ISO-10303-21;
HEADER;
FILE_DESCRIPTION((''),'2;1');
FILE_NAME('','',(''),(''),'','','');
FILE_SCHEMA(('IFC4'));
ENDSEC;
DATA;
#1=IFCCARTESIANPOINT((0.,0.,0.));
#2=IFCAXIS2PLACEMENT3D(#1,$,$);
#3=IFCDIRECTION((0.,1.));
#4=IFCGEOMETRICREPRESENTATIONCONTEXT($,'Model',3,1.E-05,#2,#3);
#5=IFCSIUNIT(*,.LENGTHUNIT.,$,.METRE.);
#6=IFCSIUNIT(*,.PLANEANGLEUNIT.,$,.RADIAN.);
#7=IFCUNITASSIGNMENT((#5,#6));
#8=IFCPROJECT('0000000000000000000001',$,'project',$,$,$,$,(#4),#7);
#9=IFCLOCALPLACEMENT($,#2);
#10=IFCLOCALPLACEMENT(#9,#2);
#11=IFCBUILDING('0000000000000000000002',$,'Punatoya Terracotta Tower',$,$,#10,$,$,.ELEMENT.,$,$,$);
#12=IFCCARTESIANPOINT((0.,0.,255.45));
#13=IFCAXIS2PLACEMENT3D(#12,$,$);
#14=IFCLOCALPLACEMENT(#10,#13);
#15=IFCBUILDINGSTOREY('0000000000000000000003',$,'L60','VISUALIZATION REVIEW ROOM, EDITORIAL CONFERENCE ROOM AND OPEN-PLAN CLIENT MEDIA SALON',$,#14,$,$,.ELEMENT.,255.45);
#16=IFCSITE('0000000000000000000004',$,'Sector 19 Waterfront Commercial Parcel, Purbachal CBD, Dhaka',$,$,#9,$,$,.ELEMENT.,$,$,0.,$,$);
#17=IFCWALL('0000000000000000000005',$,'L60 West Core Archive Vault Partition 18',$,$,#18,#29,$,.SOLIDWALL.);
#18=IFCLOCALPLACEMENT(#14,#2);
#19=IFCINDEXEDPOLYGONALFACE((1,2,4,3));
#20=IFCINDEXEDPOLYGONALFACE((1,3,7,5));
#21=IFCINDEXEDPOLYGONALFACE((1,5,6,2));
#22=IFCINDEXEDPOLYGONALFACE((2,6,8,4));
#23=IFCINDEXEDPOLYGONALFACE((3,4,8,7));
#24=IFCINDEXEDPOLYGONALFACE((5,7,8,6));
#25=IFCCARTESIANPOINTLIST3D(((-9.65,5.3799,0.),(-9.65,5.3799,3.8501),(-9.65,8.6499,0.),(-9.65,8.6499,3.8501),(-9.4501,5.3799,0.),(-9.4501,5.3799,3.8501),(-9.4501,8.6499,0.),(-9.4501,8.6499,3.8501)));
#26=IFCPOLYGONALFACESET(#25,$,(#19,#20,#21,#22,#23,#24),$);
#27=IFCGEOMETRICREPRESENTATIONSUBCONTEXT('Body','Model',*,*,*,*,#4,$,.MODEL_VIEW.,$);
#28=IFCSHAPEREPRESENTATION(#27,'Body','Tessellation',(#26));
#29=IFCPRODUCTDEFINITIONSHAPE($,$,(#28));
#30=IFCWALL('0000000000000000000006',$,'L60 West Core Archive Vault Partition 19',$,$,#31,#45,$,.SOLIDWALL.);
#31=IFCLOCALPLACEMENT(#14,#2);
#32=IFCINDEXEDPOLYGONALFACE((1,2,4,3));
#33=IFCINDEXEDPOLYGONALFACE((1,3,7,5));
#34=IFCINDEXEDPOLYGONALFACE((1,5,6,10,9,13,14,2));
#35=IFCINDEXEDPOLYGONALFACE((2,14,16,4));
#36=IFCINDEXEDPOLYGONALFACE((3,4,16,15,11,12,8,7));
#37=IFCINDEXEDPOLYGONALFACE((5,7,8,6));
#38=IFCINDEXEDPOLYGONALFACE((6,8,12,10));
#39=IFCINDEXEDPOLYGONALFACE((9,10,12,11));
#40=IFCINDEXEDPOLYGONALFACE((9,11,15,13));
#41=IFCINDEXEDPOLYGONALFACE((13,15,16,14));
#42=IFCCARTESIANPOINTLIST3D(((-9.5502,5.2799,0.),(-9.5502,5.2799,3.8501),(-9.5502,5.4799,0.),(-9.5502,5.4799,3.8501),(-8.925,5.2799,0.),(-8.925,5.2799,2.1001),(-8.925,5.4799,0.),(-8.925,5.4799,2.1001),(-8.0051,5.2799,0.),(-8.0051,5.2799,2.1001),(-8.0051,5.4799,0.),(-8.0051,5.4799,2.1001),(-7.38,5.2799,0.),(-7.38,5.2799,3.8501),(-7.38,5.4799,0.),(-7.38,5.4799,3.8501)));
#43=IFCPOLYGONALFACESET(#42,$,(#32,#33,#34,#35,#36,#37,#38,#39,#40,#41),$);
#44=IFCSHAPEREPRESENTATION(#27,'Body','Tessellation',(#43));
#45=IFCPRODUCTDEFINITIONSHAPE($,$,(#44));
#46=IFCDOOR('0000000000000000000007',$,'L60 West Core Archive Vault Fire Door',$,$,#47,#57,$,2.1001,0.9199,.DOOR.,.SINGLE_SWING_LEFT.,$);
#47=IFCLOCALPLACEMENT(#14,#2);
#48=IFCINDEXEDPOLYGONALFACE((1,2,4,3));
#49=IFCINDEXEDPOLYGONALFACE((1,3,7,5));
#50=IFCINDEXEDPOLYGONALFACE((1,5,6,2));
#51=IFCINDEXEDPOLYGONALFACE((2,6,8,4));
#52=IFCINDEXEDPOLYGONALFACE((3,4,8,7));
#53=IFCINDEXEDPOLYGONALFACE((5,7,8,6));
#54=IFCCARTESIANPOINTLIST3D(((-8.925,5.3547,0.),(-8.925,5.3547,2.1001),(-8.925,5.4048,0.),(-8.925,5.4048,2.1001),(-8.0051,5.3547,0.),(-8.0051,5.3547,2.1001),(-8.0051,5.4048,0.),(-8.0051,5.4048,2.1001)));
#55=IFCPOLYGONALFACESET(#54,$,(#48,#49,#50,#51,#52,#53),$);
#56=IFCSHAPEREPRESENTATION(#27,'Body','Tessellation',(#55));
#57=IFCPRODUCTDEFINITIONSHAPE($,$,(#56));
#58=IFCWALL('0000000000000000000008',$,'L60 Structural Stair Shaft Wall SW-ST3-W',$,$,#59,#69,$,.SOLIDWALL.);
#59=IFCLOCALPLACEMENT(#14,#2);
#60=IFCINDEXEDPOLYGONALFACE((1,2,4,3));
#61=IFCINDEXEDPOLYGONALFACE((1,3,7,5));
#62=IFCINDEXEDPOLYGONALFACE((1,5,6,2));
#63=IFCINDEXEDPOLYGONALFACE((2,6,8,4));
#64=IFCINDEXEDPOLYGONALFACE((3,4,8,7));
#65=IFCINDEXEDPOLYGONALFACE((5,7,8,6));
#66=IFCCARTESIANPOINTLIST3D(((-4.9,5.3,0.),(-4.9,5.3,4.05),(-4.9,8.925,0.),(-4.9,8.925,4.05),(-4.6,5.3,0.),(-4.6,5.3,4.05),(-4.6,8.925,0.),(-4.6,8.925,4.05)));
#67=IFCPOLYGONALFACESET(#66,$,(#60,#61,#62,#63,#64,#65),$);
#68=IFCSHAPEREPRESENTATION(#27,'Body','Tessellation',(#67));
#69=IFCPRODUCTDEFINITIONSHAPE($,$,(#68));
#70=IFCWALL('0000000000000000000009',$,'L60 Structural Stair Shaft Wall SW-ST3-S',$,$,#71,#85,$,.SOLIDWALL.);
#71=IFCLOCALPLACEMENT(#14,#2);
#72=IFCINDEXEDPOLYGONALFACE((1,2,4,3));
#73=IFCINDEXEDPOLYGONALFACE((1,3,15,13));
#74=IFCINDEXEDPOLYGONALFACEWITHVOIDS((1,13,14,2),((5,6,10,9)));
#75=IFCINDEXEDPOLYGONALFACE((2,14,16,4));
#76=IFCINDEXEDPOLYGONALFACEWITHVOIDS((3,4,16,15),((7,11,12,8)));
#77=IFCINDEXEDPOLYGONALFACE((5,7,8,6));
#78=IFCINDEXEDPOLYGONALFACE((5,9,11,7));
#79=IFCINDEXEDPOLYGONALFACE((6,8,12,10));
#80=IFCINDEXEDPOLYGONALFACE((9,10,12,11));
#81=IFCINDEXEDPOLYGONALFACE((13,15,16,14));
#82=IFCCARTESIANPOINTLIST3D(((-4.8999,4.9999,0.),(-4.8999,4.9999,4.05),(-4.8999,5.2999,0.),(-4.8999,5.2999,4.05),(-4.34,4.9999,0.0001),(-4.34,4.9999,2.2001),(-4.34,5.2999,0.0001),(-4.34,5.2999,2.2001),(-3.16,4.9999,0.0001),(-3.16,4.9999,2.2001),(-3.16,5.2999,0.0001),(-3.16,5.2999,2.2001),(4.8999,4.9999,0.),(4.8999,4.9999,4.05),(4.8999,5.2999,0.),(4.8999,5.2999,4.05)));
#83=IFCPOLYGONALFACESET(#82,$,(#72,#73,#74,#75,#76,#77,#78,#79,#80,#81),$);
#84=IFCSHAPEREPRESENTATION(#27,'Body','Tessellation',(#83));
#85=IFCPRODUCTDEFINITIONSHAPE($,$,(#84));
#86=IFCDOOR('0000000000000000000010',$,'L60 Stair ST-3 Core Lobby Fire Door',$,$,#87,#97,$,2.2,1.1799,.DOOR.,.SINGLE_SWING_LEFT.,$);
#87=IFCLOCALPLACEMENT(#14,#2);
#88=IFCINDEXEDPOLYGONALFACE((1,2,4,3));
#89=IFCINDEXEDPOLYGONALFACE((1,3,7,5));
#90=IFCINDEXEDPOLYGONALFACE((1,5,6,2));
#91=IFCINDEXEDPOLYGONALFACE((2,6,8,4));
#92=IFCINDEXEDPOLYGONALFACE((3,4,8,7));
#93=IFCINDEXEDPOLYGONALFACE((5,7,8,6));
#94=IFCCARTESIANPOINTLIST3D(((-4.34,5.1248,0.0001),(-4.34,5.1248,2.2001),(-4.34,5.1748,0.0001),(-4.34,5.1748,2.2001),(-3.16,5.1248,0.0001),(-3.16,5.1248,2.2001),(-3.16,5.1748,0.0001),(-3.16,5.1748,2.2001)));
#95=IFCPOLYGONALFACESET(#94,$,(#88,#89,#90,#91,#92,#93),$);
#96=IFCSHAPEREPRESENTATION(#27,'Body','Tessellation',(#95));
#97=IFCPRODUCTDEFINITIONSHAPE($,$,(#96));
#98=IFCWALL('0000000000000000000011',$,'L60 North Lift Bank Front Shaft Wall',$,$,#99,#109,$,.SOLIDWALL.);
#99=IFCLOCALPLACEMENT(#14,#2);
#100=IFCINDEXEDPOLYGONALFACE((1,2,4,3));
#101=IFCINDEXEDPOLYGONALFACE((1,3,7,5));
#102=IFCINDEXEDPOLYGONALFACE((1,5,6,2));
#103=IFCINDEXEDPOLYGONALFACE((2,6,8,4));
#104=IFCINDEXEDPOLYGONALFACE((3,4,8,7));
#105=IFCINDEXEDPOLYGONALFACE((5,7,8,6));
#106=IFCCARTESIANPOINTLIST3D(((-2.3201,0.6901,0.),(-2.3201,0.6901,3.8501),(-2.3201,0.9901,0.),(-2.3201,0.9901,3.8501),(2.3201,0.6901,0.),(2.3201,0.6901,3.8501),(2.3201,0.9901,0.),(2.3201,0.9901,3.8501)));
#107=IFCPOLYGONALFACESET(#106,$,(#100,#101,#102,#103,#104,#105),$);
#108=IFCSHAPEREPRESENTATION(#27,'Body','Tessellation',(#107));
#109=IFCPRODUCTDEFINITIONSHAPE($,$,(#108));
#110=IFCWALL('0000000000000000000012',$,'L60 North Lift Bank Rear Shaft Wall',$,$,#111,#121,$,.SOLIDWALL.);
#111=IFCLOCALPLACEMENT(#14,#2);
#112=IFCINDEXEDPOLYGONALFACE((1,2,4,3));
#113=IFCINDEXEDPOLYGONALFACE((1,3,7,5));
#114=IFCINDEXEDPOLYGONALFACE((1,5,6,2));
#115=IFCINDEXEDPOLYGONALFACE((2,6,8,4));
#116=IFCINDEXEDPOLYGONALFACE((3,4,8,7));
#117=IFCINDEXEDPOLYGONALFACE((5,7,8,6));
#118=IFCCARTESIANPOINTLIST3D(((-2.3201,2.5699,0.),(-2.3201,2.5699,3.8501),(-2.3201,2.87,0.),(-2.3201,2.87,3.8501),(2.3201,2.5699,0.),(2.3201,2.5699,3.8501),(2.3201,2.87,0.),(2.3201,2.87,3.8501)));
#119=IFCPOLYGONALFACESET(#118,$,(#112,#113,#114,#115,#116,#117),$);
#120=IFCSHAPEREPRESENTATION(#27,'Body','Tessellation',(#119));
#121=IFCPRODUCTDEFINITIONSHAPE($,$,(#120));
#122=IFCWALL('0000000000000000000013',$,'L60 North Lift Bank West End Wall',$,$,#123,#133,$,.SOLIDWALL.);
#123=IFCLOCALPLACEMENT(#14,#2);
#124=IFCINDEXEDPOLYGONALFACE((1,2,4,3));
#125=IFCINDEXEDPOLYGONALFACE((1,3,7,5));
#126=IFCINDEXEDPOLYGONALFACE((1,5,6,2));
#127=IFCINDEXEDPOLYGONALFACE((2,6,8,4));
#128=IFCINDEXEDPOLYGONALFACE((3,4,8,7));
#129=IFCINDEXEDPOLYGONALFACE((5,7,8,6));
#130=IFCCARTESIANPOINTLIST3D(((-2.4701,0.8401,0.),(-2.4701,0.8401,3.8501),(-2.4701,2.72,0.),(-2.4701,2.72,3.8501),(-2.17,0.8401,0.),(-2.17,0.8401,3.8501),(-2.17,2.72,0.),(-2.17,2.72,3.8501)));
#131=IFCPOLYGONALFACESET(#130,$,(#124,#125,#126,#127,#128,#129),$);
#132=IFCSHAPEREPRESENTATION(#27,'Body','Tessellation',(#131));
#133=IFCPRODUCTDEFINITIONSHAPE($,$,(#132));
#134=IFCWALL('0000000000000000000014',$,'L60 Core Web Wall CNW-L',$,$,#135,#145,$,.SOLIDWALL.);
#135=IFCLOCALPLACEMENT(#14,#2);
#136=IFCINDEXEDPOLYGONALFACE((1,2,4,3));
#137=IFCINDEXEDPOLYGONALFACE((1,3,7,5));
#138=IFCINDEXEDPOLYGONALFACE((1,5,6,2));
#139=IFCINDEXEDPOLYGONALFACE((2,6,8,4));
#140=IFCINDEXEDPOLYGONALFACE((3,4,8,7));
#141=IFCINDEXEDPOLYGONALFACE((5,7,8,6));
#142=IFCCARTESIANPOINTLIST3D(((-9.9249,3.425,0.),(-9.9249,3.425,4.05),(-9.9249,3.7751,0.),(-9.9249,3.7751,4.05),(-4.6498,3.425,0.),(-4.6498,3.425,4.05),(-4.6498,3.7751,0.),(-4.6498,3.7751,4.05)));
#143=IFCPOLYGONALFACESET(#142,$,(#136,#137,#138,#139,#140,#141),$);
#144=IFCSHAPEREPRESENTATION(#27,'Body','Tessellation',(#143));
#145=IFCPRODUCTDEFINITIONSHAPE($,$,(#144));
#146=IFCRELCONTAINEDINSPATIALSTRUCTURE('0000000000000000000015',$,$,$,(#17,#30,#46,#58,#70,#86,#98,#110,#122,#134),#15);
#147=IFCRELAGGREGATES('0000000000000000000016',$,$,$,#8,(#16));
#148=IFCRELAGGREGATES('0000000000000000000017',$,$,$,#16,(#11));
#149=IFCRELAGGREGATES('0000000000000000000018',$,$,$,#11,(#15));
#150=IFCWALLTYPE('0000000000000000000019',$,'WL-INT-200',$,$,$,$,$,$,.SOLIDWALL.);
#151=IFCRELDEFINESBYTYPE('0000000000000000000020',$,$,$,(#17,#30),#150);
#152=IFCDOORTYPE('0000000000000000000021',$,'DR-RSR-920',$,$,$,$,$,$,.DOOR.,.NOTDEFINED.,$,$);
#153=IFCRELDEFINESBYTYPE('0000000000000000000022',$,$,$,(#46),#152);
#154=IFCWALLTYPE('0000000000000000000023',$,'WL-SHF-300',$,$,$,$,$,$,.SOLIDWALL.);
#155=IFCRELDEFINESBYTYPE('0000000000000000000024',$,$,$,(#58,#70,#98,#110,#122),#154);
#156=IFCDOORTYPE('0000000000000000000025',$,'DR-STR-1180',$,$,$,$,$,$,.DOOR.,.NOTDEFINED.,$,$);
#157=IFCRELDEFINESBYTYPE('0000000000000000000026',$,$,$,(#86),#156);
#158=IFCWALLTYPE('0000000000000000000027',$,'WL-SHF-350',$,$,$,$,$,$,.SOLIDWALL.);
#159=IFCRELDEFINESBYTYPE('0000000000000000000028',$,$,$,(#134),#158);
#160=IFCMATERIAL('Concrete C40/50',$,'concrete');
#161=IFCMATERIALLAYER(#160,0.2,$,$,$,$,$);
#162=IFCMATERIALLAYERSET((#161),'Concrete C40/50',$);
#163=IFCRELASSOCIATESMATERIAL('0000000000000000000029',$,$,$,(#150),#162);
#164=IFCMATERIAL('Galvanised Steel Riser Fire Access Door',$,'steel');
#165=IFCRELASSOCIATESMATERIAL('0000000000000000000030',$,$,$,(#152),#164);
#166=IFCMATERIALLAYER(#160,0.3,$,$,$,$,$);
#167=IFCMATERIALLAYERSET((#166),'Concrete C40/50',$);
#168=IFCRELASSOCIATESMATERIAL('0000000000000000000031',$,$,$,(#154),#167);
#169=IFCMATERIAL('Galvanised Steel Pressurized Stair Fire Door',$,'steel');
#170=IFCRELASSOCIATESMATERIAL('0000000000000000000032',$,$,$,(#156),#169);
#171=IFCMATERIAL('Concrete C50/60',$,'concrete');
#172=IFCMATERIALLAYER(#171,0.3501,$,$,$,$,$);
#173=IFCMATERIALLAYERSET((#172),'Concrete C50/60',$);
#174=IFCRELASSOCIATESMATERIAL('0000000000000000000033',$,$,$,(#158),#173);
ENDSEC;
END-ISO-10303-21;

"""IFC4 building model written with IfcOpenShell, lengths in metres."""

from ifc_helpers import new_model, si_unit, direction, frame, frame_2d, origin, place, context, subcontext, project, spatial, rectangle, extrude, material, layer, layer_set, type_object, element, fill, save


model = new_model("IFC4")

# Units and contexts
model_context = context("Model", 3, precision=1e-05, world=origin(), true_north=direction((0.0, 1.0)))
body_context = subcontext(model_context, "Body", "Model", "MODEL_VIEW")
ifc_project = project(units=[si_unit("LENGTHUNIT", "METRE"), si_unit("PLANEANGLEUNIT", "RADIAN")], contexts=[model_context])

# Site, building, storey
site_placement = place(None, origin())
site = spatial("IfcSite", under=ifc_project, at=site_placement, Name="Sector 19 Waterfront Commercial Parcel, Purbachal CBD, Dhaka", CompositionType="ELEMENT", RefElevation=0.0)
building_placement = place(site_placement, origin())
building = spatial("IfcBuilding", under=site, at=building_placement, Name="Punatoya Terracotta Tower", CompositionType="ELEMENT")
storey_placement = place(building_placement, frame((0.0, 0.0, 255.45)))
storey = spatial("IfcBuildingStorey", under=building, at=storey_placement, Name="L60", Description="VISUALIZATION REVIEW ROOM, EDITORIAL CONFERENCE ROOM AND OPEN-PLAN CLIENT MEDIA SALON", CompositionType="ELEMENT", Elevation=255.45)

# Shared definitions
ifc_material_1 = material(Name="Concrete C50/60", Category="concrete")

# Shared definitions
ifc_material_2 = material(Name="Concrete C40/50", Category="concrete")

# Wall
ifc_layer_1 = layer(ifc_material_2, 0.2)
ifc_layer_set_1 = layer_set([ifc_layer_1], Name="Concrete C40/50")
wall_type_1 = type_object("IfcWallType", Name="WL-INT-200", PredefinedType="SOLIDWALL", material=ifc_layer_set_1)
wall_1_placement = place(storey_placement, frame((-9.55, 8.6499, 0.0), z_axis=(0.0, 0.0, 1.0), x_axis=(0.0, -1.0, 0.0)))
element("IfcWall", 1, at=wall_1_placement, inside=storey, type_object=wall_type_1, Name="L60 West Core Archive Vault Partition 18", PredefinedType="SOLIDWALL", context=body_context, shape_type="SweptSolid", body=[
    extrude(rectangle(XDim=3.27, YDim=0.2, at=frame_2d((1.635, 0.0))), origin(), (0.0, 0.0, 1.0), 3.8501),
])

# Wall, opening, door
wall_2_placement = place(storey_placement, frame((-9.55, 5.3799, 0.0), z_axis=(0.0, 0.0, 1.0), x_axis=(1.0, 0.0, 0.0)))
wall_2 = element("IfcWall", 2, at=wall_2_placement, inside=storey, type_object=wall_type_1, Name="L60 West Core Archive Vault Partition 19", PredefinedType="SOLIDWALL", context=body_context, shape_type="SweptSolid", body=[
    extrude(rectangle(XDim=2.1702, YDim=0.2, at=frame_2d((1.085, 0.0))), origin(), (0.0, 0.0, 1.0), 3.8501),
])
opening_1_placement = place(wall_2_placement, frame((0.625, 0.0, 0.0)))
opening_1 = element("IfcOpeningElement", 3, at=opening_1_placement, cuts=wall_2, PredefinedType="OPENING", context=body_context, shape_type="SweptSolid", body=[
    extrude(rectangle(XDim=0.9199, YDim=2.1001, at=frame_2d((0.46, 1.05))), frame((0.0, 0.1099, 0.0), z_axis=(0.0, -1.0, 0.0), x_axis=(1.0, 0.0, 0.0)), (0.0, 0.0, 1.0), 0.22),
])
ifc_material_3 = material(Name="Galvanised Steel Riser Fire Access Door", Category="steel")
door_type_1 = type_object("IfcDoorType", Name="DR-RSR-920", OperationType="NOTDEFINED", PredefinedType="DOOR", material=ifc_material_3)
door_1_placement = place(opening_1_placement, origin())
door_1 = element("IfcDoor", 4, at=door_1_placement, inside=storey, type_object=door_type_1, Name="L60 West Core Archive Vault Fire Door", OperationType="SINGLE_SWING_LEFT", OverallHeight=2.1001, OverallWidth=0.9199, PredefinedType="DOOR", context=body_context, shape_type="SweptSolid", body=[
    extrude(rectangle(XDim=0.9199, YDim=2.1001, at=frame_2d((0.46, 1.05))), frame((0.0, 0.0249, 0.0), z_axis=(0.0, -1.0, 0.0), x_axis=(1.0, 0.0, 0.0)), (0.0, 0.0, 1.0), 0.05),
])
fill(opening_1, door_1)

# Wall
ifc_layer_2 = layer(ifc_material_2, 0.3)
ifc_layer_set_2 = layer_set([ifc_layer_2], Name="Concrete C40/50")
wall_type_2 = type_object("IfcWallType", Name="WL-SHF-300", PredefinedType="SOLIDWALL", material=ifc_layer_set_2)
wall_3_placement = place(storey_placement, frame((-4.75, 5.3, 0.0), z_axis=(0.0, 0.0, 1.0), x_axis=(0.0, 1.0, 0.0)))
element("IfcWall", 5, at=wall_3_placement, inside=storey, type_object=wall_type_2, Name="L60 Structural Stair Shaft Wall SW-ST3-W", PredefinedType="SOLIDWALL", context=body_context, shape_type="SweptSolid", body=[
    extrude(rectangle(XDim=3.625, YDim=0.3, at=frame_2d((1.8125, 0.0))), origin(), (0.0, 0.0, 1.0), 4.05),
])

# Wall, opening, door
wall_4_placement = place(storey_placement, frame((-4.8999, 5.1499, 0.0), z_axis=(0.0, 0.0, 1.0), x_axis=(1.0, 0.0, 0.0)))
wall_4 = element("IfcWall", 6, at=wall_4_placement, inside=storey, type_object=wall_type_2, Name="L60 Structural Stair Shaft Wall SW-ST3-S", PredefinedType="SOLIDWALL", context=body_context, shape_type="SweptSolid", body=[
    extrude(rectangle(XDim=9.7998, YDim=0.3, at=frame_2d((4.8999, 0.0))), origin(), (0.0, 0.0, 1.0), 4.05),
])
opening_2_placement = place(wall_4_placement, frame((0.5601, 0.0, 0.0)))
opening_2 = element("IfcOpeningElement", 7, at=opening_2_placement, cuts=wall_4, PredefinedType="OPENING", context=body_context, shape_type="SweptSolid", body=[
    extrude(rectangle(XDim=1.1799, YDim=2.2, at=frame_2d((0.5898, 1.1001))), frame((0.0, 0.1599, 0.0), z_axis=(0.0, -1.0, 0.0), x_axis=(1.0, 0.0, 0.0)), (0.0, 0.0, 1.0), 0.3201),
])
ifc_material_4 = material(Name="Galvanised Steel Pressurized Stair Fire Door", Category="steel")
door_type_2 = type_object("IfcDoorType", Name="DR-STR-1180", OperationType="NOTDEFINED", PredefinedType="DOOR", material=ifc_material_4)
door_2_placement = place(opening_2_placement, origin())
door_2 = element("IfcDoor", 8, at=door_2_placement, inside=storey, type_object=door_type_2, Name="L60 Stair ST-3 Core Lobby Fire Door", OperationType="SINGLE_SWING_LEFT", OverallHeight=2.2, OverallWidth=1.1799, PredefinedType="DOOR", context=body_context, shape_type="SweptSolid", body=[
    extrude(rectangle(XDim=1.1799, YDim=2.2, at=frame_2d((0.5898, 1.1001))), frame((0.0, 0.0249, 0.0), z_axis=(0.0, -1.0, 0.0), x_axis=(1.0, 0.0, 0.0)), (0.0, 0.0, 1.0), 0.05),
])
fill(opening_2, door_2)

# Walls
for number, where, z_axis, x_axis, name in (
    (9, (-2.3201, 0.8401, 0.0), (0.0, 0.0, 1.0), (1.0, 0.0, 0.0), "L60 North Lift Bank Front Shaft Wall"),
    (10, (-2.3201, 2.72, 0.0), (0.0, 0.0, 1.0), (1.0, 0.0, 0.0), "L60 North Lift Bank Rear Shaft Wall"),
):
    element("IfcWall", number, at=place(storey_placement, frame(where, z_axis=z_axis, x_axis=x_axis)), inside=storey, type_object=wall_type_2, Name=name, PredefinedType="SOLIDWALL", context=body_context, shape_type="SweptSolid", body=[
        extrude(rectangle(XDim=4.6401, YDim=0.3, at=frame_2d((2.3201, 0.0))), origin(), (0.0, 0.0, 1.0), 3.8501),
    ])
wall_5_placement = place(storey_placement, frame((-2.3201, 0.8401, 0.0), z_axis=(0.0, 0.0, 1.0), x_axis=(0.0, 1.0, 0.0)))
element("IfcWall", 11, at=wall_5_placement, inside=storey, type_object=wall_type_2, Name="L60 North Lift Bank West End Wall", PredefinedType="SOLIDWALL", context=body_context, shape_type="SweptSolid", body=[
    extrude(rectangle(XDim=1.8799, YDim=0.3, at=frame_2d((0.9399, 0.0))), origin(), (0.0, 0.0, 1.0), 3.8501),
])
ifc_layer_3 = layer(ifc_material_1, 0.3501)
ifc_layer_set_3 = layer_set([ifc_layer_3], Name="Concrete C50/60")
wall_type_3 = type_object("IfcWallType", Name="WL-SHF-350", PredefinedType="SOLIDWALL", material=ifc_layer_set_3)
wall_6_placement = place(storey_placement, frame((-9.925, 3.6001, 0.0), z_axis=(0.0, 0.0, 1.0), x_axis=(1.0, 0.0, 0.0)))
element("IfcWall", 12, at=wall_6_placement, inside=storey, type_object=wall_type_3, Name="L60 Core Web Wall CNW-L", PredefinedType="SOLIDWALL", context=body_context, shape_type="SweptSolid", body=[
    extrude(rectangle(XDim=5.2751, YDim=0.3501, at=frame_2d((2.6377, 0.0))), origin(), (0.0, 0.0, 1.0), 4.05),
])

save(model, "model.ifc")
